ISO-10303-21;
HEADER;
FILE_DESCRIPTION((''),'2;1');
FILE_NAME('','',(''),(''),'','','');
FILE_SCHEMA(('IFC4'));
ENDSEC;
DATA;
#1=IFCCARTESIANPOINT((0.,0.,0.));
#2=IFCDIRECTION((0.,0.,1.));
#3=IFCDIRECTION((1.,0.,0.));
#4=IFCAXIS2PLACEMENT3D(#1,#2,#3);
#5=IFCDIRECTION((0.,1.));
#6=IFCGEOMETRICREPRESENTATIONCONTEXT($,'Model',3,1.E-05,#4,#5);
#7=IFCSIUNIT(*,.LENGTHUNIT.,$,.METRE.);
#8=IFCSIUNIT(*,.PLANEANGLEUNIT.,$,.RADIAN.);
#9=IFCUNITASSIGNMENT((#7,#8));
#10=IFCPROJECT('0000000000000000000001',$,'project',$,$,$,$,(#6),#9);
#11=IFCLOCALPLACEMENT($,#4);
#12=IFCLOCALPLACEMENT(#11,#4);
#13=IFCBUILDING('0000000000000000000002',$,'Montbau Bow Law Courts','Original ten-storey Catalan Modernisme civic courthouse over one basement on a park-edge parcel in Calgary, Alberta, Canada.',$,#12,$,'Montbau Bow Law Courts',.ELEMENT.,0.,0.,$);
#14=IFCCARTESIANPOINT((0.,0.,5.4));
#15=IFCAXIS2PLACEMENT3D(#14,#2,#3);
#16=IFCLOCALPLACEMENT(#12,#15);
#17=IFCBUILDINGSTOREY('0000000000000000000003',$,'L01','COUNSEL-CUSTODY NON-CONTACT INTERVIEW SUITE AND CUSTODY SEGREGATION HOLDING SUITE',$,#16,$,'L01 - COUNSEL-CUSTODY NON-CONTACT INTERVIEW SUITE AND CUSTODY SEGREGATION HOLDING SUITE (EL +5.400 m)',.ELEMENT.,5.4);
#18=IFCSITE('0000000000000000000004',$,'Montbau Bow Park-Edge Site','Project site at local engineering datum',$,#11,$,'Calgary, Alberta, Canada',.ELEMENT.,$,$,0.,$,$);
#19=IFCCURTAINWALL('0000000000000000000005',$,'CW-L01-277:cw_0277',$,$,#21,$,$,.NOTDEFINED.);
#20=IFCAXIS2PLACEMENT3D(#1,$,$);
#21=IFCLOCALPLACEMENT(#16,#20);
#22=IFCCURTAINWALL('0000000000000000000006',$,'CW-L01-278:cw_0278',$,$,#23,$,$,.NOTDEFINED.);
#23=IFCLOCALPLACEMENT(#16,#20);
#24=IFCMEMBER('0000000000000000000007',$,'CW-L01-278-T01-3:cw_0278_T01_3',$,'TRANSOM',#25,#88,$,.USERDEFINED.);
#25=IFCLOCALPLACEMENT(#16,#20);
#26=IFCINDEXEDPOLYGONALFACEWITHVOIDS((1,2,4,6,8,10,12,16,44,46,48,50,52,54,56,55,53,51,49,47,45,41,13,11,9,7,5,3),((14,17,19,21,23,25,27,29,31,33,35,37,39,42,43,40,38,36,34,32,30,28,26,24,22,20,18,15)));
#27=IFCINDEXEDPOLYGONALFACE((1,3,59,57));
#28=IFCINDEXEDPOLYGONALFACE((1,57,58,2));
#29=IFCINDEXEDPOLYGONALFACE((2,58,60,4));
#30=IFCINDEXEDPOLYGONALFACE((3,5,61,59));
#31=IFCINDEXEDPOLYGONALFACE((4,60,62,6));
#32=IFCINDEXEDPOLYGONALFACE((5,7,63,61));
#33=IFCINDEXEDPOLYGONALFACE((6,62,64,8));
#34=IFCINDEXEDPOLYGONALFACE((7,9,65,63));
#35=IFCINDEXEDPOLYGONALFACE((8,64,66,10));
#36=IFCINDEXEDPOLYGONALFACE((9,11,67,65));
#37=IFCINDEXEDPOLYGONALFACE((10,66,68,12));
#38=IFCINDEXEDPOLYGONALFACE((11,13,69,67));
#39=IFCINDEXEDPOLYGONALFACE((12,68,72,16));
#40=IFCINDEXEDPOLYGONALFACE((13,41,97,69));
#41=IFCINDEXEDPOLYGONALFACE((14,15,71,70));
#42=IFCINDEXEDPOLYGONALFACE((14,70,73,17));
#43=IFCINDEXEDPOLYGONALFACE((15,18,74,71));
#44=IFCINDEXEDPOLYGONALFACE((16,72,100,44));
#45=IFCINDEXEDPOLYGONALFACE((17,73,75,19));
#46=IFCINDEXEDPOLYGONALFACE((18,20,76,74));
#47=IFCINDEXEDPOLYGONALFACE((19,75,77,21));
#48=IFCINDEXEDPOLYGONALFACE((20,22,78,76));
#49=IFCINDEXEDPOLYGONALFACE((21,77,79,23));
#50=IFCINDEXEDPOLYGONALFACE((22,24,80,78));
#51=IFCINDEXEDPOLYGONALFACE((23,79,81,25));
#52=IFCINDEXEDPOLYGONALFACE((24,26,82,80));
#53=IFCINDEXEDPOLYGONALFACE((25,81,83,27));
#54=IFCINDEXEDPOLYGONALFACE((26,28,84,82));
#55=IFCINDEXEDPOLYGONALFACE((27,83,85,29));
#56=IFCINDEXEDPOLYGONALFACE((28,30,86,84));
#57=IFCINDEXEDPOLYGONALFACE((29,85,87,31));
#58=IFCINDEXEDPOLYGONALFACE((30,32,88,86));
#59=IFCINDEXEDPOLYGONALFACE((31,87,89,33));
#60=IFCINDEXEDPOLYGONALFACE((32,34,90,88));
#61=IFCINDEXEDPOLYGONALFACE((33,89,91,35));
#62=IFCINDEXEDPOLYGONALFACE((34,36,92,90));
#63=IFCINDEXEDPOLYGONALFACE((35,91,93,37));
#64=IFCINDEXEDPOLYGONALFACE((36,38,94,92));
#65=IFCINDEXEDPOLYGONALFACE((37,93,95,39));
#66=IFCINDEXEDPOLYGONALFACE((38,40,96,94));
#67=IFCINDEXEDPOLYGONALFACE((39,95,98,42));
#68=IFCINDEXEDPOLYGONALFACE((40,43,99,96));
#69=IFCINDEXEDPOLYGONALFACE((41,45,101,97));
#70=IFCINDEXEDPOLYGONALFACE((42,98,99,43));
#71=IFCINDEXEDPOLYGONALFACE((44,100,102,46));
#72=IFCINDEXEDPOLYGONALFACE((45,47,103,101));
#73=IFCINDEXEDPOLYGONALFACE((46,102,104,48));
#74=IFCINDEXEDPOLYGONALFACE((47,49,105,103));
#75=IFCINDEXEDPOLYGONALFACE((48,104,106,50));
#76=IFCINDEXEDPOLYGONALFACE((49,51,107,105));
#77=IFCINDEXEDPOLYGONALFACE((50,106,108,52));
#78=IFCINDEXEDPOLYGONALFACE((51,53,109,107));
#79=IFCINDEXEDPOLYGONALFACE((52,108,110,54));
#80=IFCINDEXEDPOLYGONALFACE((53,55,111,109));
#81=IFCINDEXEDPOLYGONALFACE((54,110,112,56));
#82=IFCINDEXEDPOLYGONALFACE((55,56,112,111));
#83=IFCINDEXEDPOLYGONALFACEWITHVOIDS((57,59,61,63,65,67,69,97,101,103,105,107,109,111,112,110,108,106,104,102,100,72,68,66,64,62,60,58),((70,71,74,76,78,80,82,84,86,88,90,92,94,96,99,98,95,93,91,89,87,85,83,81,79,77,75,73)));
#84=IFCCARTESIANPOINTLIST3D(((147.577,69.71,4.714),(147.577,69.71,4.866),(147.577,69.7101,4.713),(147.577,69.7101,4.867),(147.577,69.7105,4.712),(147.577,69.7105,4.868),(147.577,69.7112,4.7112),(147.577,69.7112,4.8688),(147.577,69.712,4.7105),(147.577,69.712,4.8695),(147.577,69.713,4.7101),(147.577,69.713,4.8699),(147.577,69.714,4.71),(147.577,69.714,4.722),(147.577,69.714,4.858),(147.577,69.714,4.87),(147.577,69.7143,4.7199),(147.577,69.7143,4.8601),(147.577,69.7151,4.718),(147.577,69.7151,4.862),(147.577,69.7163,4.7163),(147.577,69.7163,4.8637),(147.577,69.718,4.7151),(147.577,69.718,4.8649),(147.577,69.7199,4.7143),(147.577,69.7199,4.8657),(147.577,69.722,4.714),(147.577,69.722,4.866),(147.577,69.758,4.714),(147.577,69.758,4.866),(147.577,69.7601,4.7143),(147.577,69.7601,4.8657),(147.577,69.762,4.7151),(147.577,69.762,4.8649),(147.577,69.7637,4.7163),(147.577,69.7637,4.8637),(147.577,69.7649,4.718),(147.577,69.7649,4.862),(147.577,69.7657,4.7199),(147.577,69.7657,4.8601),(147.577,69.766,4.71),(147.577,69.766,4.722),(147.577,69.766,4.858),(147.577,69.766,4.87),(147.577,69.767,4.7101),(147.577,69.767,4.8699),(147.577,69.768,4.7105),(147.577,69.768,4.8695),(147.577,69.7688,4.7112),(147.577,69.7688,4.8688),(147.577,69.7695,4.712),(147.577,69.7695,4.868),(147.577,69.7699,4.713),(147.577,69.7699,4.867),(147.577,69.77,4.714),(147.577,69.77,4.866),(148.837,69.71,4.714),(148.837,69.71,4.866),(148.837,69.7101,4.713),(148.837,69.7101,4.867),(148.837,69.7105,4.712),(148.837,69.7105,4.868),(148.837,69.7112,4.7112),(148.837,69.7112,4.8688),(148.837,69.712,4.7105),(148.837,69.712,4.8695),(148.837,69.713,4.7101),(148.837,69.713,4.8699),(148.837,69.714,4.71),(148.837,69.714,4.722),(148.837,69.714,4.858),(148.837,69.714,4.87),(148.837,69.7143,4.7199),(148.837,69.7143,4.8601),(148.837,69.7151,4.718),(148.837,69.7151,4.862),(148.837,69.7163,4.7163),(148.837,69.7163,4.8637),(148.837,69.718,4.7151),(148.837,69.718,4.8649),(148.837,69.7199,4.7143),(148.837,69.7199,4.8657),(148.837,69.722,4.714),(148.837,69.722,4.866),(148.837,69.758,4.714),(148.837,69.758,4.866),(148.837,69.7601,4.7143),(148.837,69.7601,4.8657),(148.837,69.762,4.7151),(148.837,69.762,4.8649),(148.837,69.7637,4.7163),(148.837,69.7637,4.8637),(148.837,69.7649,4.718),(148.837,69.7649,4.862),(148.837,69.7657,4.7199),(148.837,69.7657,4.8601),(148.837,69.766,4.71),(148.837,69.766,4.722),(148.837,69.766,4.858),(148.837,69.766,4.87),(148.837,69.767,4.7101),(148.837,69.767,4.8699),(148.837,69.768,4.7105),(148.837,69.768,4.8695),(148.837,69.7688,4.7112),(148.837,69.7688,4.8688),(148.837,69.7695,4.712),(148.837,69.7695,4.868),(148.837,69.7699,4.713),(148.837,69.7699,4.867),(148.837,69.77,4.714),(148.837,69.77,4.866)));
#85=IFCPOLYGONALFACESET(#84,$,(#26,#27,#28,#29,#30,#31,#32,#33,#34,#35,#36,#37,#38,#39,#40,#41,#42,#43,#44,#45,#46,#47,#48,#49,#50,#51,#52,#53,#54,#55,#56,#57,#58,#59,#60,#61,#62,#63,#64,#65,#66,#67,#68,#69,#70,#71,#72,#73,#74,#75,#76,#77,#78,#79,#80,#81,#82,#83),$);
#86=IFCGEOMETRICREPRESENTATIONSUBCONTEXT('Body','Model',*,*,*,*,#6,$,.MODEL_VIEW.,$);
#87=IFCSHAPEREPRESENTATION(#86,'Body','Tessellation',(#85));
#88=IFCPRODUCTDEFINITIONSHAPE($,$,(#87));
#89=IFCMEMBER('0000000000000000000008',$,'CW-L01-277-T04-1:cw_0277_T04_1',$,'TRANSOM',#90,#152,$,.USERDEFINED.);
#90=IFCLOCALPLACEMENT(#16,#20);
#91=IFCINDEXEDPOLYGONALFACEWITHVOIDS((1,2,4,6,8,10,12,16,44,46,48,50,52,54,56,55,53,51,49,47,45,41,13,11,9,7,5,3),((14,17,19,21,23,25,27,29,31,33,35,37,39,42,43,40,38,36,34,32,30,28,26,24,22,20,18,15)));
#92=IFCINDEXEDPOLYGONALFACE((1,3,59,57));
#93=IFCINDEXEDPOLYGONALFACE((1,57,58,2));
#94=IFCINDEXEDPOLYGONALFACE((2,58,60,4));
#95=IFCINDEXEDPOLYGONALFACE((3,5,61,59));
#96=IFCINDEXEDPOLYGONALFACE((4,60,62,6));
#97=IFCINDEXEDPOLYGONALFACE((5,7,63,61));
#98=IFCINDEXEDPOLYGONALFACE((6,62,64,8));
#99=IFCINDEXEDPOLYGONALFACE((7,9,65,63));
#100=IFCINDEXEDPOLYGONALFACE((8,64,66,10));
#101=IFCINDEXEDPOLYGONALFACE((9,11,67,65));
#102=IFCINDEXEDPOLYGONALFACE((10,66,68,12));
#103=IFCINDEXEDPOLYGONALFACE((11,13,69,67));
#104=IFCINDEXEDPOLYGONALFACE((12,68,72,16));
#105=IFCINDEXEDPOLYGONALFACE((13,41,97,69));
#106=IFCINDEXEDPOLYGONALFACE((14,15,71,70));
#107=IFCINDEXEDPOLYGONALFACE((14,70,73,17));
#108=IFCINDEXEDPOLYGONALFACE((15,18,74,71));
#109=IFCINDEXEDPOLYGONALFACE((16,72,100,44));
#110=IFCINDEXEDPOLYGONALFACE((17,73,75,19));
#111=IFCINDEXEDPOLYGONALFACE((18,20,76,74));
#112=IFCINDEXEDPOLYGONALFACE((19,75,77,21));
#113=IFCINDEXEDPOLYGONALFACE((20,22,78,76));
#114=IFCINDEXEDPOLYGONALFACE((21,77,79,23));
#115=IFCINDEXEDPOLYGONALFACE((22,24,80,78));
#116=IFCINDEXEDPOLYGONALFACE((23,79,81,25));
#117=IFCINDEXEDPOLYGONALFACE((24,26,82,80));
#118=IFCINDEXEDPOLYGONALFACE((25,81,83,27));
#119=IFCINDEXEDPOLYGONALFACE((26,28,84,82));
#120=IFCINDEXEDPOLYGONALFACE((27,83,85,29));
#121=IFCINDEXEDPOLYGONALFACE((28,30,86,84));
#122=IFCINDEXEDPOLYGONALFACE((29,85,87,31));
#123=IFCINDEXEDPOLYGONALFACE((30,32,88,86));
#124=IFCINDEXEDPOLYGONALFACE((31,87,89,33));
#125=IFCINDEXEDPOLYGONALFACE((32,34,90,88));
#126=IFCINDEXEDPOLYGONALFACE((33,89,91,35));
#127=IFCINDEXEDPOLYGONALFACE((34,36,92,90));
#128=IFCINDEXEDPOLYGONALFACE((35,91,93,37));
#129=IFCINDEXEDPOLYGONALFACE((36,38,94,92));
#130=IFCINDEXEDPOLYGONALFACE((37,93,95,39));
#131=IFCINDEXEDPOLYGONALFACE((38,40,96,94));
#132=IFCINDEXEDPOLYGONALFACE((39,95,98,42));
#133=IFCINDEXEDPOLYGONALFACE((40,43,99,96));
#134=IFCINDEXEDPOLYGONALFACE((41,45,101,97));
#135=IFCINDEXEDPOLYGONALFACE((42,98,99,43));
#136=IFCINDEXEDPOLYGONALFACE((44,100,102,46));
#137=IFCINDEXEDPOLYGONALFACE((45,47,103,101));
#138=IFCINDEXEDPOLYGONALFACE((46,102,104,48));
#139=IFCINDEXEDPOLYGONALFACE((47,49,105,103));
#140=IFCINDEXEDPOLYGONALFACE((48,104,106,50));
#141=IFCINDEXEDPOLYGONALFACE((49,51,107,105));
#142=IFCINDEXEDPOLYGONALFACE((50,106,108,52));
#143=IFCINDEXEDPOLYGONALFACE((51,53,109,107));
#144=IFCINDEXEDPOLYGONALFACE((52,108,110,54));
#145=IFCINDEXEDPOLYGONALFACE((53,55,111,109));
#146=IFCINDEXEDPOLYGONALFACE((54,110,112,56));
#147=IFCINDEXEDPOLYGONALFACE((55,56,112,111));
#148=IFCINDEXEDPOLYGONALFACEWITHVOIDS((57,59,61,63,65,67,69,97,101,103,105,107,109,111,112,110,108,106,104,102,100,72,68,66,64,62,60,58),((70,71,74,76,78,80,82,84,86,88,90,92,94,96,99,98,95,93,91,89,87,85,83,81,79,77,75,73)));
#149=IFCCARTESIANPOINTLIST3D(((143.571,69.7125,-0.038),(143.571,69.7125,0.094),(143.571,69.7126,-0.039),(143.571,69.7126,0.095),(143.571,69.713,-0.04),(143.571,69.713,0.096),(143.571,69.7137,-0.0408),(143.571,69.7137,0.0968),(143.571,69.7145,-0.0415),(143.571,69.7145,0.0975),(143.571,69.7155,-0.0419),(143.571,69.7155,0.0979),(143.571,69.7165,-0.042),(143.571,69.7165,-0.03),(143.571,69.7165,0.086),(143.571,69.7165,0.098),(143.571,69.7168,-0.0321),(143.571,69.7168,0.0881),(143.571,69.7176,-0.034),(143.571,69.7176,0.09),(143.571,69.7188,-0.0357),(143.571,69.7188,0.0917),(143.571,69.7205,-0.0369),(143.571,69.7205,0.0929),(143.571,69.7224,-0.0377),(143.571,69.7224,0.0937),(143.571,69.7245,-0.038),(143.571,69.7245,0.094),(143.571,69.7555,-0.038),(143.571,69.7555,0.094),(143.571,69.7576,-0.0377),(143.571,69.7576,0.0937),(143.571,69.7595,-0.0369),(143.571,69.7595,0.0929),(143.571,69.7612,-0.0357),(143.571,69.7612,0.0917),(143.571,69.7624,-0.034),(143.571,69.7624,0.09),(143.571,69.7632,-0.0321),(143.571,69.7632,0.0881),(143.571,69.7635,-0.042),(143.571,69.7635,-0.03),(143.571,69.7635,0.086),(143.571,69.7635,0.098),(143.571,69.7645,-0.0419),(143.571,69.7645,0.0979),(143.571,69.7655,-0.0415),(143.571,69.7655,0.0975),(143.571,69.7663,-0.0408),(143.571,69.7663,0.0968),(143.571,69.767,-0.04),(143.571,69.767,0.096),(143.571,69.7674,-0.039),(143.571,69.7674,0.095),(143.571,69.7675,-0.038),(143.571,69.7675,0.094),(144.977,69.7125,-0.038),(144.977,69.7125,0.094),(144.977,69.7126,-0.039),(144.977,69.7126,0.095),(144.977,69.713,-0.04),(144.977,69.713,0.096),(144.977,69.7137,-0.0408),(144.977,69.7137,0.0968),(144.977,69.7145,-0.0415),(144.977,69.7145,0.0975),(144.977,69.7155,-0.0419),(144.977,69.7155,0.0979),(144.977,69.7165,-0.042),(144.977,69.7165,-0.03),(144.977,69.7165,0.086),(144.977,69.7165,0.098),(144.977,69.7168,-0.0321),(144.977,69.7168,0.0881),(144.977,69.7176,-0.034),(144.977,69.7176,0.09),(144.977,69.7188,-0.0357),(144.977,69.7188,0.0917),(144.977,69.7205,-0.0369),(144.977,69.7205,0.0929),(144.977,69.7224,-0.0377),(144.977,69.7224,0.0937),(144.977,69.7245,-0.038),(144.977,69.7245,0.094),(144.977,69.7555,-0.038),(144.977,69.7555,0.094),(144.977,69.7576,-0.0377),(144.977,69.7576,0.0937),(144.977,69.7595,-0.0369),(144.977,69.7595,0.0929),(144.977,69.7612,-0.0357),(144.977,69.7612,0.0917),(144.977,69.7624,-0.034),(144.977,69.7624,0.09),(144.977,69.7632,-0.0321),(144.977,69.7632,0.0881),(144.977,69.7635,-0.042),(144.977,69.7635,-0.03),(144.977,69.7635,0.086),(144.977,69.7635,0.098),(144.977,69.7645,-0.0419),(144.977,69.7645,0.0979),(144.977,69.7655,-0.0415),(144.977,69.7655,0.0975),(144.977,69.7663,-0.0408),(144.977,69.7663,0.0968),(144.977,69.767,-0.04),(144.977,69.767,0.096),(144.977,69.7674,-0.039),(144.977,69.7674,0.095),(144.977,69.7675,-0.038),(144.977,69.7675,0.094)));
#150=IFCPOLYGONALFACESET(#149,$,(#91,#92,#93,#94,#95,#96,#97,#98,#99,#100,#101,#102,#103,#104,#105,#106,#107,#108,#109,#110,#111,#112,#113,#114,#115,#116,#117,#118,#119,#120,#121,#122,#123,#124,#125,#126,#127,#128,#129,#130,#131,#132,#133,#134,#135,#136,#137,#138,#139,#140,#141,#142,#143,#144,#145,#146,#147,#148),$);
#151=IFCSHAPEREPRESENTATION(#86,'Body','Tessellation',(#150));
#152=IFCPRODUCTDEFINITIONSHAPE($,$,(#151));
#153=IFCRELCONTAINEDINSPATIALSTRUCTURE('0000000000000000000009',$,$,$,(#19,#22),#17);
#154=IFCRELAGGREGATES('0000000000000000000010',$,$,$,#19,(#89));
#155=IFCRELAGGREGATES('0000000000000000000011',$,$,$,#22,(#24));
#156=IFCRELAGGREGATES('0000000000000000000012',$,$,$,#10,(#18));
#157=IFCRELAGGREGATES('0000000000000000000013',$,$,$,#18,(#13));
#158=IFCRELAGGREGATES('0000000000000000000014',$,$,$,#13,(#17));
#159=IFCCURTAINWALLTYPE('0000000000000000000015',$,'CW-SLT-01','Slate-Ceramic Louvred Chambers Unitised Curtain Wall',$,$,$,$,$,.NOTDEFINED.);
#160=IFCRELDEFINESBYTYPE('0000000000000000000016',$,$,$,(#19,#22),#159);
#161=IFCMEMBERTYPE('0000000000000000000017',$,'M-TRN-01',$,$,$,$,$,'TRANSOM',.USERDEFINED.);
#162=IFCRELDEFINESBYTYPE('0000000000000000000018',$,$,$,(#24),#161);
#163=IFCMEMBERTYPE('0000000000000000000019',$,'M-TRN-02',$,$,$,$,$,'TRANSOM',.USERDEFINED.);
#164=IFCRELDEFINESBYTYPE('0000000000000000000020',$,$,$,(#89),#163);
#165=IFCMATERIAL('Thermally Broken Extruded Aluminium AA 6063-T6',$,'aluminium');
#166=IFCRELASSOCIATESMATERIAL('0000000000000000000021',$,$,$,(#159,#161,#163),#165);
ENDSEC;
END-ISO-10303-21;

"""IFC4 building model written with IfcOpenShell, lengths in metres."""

from ifc_helpers import new_model, si_unit, direction, frame, origin_with_axes, origin_2d_with_axis, place, context, subcontext, project, spatial, hollow_rectangle, extrude, material, material_profile, profile_set, type_object, element, aggregate, save


model = new_model("IFC4")

# Units and contexts
model_context = context("Model", 3, precision=1e-05, world=origin_with_axes(), true_north=direction((0.0, 1.0)))
body_context = subcontext(model_context, "Body", "Model", "MODEL_VIEW")
ifc_project = project(units=[si_unit("LENGTHUNIT", "METRE"), si_unit("PLANEANGLEUNIT", "RADIAN")], contexts=[model_context])

# Site, building, storey
site_placement = place(None, origin_with_axes())
site = spatial("IfcSite", under=ifc_project, at=site_placement, Name="Montbau Bow Park-Edge Site", Description="Project site at local engineering datum", LongName="Calgary, Alberta, Canada", CompositionType="ELEMENT", RefElevation=0.0)
building_placement = place(site_placement, origin_with_axes())
building = spatial("IfcBuilding", under=site, at=building_placement, Name="Montbau Bow Law Courts", Description="Original ten-storey Catalan Modernisme civic courthouse over one basement on a park-edge parcel in Calgary, Alberta, Canada.", LongName="Montbau Bow Law Courts", CompositionType="ELEMENT", ElevationOfRefHeight=0.0, ElevationOfTerrain=0.0)
storey_placement = place(building_placement, frame((0.0, 0.0, 5.4), z_axis=(0.0, 0.0, 1.0), x_axis=(1.0, 0.0, 0.0)))
storey = spatial("IfcBuildingStorey", under=building, at=storey_placement, Name="L01", Description="COUNSEL-CUSTODY NON-CONTACT INTERVIEW SUITE AND CUSTODY SEGREGATION HOLDING SUITE", LongName="L01 - COUNSEL-CUSTODY NON-CONTACT INTERVIEW SUITE AND CUSTODY SEGREGATION HOLDING SUITE (EL +5.400 m)", CompositionType="ELEMENT", Elevation=5.4)

# Curtain walls, member
ifc_material_1 = material(Name="Thermally Broken Extruded Aluminium AA 6063-T6", Category="aluminium")
curtain_wall_type = type_object("IfcCurtainWallType", Name="CW-SLT-01", Description="Slate-Ceramic Louvred Chambers Unitised Curtain Wall", PredefinedType="NOTDEFINED", material=ifc_material_1)
curtain_wall_1_placement = place(None, frame((139.115, 69.74, 5.4), z_axis=(0.0, 0.0, 1.0), x_axis=(1.0, 0.0, 0.0)))
curtain_wall_1 = element("IfcCurtainWall", 1, at=curtain_wall_1_placement, inside=storey, type_object=curtain_wall_type, Name="CW-L01-277:cw_0277", PredefinedType="NOTDEFINED")
curtain_wall_2_placement = place(None, frame((147.515, 69.74, 5.4), z_axis=(0.0, 0.0, 1.0), x_axis=(1.0, 0.0, 0.0)))
curtain_wall_2 = element("IfcCurtainWall", 2, at=curtain_wall_2_placement, inside=storey, type_object=curtain_wall_type, Name="CW-L01-278:cw_0278", PredefinedType="NOTDEFINED")
ifc_material_profile_1 = material_profile(ifc_material_1, hollow_rectangle(XDim=0.06, YDim=0.16, WallThickness=0.004, InnerFilletRadius=0.008, OuterFilletRadius=0.004, at=origin_2d_with_axis()), Name="CWT-160X60", Category="Main", Priority=0)
ifc_profile_set_1 = profile_set([ifc_material_profile_1], Name="Thermally Broken Extruded Aluminium AA 6063-T6")
member_type_1 = type_object("IfcMemberType", Name="M-TRN-01", ElementType="TRANSOM", PredefinedType="USERDEFINED", material=ifc_profile_set_1)
member_1_placement = place(None, frame((147.577, 69.74, 10.19), z_axis=(1.0, 0.0, 0.0), x_axis=(0.0, 1.0, 0.0)))
member_1 = element("IfcMember", 3, at=member_1_placement, type_object=member_type_1, Name="CW-L01-278-T01-3:cw_0278_T01_3", ObjectType="TRANSOM", PredefinedType="USERDEFINED", context=body_context, shape_type="SweptSolid", body=[
    extrude(hollow_rectangle(XDim=0.06, YDim=0.16, WallThickness=0.004, InnerFilletRadius=0.008, OuterFilletRadius=0.004, at=origin_2d_with_axis()), origin_with_axes(), (0.0, 0.0, 1.0), 1.26),
])

# Member
ifc_material_profile_2 = material_profile(ifc_material_1, hollow_rectangle(XDim=0.055, YDim=0.14, WallThickness=0.004, InnerFilletRadius=0.008, OuterFilletRadius=0.004, at=origin_2d_with_axis()), Name="CWT-140X55", Category="Main", Priority=0)
ifc_profile_set_2 = profile_set([ifc_material_profile_2], Name="Thermally Broken Extruded Aluminium AA 6063-T6")
member_type_2 = type_object("IfcMemberType", Name="M-TRN-02", ElementType="TRANSOM", PredefinedType="USERDEFINED", material=ifc_profile_set_2)
member_2_placement = place(None, frame((143.571, 69.74, 5.428), z_axis=(1.0, 0.0, 0.0), x_axis=(0.0, 1.0, 0.0)))
member_2 = element("IfcMember", 4, at=member_2_placement, type_object=member_type_2, Name="CW-L01-277-T04-1:cw_0277_T04_1", ObjectType="TRANSOM", PredefinedType="USERDEFINED", context=body_context, shape_type="SweptSolid", body=[
    extrude(hollow_rectangle(XDim=0.055, YDim=0.14, WallThickness=0.004, InnerFilletRadius=0.008, OuterFilletRadius=0.004, at=origin_2d_with_axis()), origin_with_axes(), (0.0, 0.0, 1.0), 1.406),
])

aggregate(curtain_wall_1, [member_2])
aggregate(curtain_wall_2, [member_1])

save(model, "model.ifc")
